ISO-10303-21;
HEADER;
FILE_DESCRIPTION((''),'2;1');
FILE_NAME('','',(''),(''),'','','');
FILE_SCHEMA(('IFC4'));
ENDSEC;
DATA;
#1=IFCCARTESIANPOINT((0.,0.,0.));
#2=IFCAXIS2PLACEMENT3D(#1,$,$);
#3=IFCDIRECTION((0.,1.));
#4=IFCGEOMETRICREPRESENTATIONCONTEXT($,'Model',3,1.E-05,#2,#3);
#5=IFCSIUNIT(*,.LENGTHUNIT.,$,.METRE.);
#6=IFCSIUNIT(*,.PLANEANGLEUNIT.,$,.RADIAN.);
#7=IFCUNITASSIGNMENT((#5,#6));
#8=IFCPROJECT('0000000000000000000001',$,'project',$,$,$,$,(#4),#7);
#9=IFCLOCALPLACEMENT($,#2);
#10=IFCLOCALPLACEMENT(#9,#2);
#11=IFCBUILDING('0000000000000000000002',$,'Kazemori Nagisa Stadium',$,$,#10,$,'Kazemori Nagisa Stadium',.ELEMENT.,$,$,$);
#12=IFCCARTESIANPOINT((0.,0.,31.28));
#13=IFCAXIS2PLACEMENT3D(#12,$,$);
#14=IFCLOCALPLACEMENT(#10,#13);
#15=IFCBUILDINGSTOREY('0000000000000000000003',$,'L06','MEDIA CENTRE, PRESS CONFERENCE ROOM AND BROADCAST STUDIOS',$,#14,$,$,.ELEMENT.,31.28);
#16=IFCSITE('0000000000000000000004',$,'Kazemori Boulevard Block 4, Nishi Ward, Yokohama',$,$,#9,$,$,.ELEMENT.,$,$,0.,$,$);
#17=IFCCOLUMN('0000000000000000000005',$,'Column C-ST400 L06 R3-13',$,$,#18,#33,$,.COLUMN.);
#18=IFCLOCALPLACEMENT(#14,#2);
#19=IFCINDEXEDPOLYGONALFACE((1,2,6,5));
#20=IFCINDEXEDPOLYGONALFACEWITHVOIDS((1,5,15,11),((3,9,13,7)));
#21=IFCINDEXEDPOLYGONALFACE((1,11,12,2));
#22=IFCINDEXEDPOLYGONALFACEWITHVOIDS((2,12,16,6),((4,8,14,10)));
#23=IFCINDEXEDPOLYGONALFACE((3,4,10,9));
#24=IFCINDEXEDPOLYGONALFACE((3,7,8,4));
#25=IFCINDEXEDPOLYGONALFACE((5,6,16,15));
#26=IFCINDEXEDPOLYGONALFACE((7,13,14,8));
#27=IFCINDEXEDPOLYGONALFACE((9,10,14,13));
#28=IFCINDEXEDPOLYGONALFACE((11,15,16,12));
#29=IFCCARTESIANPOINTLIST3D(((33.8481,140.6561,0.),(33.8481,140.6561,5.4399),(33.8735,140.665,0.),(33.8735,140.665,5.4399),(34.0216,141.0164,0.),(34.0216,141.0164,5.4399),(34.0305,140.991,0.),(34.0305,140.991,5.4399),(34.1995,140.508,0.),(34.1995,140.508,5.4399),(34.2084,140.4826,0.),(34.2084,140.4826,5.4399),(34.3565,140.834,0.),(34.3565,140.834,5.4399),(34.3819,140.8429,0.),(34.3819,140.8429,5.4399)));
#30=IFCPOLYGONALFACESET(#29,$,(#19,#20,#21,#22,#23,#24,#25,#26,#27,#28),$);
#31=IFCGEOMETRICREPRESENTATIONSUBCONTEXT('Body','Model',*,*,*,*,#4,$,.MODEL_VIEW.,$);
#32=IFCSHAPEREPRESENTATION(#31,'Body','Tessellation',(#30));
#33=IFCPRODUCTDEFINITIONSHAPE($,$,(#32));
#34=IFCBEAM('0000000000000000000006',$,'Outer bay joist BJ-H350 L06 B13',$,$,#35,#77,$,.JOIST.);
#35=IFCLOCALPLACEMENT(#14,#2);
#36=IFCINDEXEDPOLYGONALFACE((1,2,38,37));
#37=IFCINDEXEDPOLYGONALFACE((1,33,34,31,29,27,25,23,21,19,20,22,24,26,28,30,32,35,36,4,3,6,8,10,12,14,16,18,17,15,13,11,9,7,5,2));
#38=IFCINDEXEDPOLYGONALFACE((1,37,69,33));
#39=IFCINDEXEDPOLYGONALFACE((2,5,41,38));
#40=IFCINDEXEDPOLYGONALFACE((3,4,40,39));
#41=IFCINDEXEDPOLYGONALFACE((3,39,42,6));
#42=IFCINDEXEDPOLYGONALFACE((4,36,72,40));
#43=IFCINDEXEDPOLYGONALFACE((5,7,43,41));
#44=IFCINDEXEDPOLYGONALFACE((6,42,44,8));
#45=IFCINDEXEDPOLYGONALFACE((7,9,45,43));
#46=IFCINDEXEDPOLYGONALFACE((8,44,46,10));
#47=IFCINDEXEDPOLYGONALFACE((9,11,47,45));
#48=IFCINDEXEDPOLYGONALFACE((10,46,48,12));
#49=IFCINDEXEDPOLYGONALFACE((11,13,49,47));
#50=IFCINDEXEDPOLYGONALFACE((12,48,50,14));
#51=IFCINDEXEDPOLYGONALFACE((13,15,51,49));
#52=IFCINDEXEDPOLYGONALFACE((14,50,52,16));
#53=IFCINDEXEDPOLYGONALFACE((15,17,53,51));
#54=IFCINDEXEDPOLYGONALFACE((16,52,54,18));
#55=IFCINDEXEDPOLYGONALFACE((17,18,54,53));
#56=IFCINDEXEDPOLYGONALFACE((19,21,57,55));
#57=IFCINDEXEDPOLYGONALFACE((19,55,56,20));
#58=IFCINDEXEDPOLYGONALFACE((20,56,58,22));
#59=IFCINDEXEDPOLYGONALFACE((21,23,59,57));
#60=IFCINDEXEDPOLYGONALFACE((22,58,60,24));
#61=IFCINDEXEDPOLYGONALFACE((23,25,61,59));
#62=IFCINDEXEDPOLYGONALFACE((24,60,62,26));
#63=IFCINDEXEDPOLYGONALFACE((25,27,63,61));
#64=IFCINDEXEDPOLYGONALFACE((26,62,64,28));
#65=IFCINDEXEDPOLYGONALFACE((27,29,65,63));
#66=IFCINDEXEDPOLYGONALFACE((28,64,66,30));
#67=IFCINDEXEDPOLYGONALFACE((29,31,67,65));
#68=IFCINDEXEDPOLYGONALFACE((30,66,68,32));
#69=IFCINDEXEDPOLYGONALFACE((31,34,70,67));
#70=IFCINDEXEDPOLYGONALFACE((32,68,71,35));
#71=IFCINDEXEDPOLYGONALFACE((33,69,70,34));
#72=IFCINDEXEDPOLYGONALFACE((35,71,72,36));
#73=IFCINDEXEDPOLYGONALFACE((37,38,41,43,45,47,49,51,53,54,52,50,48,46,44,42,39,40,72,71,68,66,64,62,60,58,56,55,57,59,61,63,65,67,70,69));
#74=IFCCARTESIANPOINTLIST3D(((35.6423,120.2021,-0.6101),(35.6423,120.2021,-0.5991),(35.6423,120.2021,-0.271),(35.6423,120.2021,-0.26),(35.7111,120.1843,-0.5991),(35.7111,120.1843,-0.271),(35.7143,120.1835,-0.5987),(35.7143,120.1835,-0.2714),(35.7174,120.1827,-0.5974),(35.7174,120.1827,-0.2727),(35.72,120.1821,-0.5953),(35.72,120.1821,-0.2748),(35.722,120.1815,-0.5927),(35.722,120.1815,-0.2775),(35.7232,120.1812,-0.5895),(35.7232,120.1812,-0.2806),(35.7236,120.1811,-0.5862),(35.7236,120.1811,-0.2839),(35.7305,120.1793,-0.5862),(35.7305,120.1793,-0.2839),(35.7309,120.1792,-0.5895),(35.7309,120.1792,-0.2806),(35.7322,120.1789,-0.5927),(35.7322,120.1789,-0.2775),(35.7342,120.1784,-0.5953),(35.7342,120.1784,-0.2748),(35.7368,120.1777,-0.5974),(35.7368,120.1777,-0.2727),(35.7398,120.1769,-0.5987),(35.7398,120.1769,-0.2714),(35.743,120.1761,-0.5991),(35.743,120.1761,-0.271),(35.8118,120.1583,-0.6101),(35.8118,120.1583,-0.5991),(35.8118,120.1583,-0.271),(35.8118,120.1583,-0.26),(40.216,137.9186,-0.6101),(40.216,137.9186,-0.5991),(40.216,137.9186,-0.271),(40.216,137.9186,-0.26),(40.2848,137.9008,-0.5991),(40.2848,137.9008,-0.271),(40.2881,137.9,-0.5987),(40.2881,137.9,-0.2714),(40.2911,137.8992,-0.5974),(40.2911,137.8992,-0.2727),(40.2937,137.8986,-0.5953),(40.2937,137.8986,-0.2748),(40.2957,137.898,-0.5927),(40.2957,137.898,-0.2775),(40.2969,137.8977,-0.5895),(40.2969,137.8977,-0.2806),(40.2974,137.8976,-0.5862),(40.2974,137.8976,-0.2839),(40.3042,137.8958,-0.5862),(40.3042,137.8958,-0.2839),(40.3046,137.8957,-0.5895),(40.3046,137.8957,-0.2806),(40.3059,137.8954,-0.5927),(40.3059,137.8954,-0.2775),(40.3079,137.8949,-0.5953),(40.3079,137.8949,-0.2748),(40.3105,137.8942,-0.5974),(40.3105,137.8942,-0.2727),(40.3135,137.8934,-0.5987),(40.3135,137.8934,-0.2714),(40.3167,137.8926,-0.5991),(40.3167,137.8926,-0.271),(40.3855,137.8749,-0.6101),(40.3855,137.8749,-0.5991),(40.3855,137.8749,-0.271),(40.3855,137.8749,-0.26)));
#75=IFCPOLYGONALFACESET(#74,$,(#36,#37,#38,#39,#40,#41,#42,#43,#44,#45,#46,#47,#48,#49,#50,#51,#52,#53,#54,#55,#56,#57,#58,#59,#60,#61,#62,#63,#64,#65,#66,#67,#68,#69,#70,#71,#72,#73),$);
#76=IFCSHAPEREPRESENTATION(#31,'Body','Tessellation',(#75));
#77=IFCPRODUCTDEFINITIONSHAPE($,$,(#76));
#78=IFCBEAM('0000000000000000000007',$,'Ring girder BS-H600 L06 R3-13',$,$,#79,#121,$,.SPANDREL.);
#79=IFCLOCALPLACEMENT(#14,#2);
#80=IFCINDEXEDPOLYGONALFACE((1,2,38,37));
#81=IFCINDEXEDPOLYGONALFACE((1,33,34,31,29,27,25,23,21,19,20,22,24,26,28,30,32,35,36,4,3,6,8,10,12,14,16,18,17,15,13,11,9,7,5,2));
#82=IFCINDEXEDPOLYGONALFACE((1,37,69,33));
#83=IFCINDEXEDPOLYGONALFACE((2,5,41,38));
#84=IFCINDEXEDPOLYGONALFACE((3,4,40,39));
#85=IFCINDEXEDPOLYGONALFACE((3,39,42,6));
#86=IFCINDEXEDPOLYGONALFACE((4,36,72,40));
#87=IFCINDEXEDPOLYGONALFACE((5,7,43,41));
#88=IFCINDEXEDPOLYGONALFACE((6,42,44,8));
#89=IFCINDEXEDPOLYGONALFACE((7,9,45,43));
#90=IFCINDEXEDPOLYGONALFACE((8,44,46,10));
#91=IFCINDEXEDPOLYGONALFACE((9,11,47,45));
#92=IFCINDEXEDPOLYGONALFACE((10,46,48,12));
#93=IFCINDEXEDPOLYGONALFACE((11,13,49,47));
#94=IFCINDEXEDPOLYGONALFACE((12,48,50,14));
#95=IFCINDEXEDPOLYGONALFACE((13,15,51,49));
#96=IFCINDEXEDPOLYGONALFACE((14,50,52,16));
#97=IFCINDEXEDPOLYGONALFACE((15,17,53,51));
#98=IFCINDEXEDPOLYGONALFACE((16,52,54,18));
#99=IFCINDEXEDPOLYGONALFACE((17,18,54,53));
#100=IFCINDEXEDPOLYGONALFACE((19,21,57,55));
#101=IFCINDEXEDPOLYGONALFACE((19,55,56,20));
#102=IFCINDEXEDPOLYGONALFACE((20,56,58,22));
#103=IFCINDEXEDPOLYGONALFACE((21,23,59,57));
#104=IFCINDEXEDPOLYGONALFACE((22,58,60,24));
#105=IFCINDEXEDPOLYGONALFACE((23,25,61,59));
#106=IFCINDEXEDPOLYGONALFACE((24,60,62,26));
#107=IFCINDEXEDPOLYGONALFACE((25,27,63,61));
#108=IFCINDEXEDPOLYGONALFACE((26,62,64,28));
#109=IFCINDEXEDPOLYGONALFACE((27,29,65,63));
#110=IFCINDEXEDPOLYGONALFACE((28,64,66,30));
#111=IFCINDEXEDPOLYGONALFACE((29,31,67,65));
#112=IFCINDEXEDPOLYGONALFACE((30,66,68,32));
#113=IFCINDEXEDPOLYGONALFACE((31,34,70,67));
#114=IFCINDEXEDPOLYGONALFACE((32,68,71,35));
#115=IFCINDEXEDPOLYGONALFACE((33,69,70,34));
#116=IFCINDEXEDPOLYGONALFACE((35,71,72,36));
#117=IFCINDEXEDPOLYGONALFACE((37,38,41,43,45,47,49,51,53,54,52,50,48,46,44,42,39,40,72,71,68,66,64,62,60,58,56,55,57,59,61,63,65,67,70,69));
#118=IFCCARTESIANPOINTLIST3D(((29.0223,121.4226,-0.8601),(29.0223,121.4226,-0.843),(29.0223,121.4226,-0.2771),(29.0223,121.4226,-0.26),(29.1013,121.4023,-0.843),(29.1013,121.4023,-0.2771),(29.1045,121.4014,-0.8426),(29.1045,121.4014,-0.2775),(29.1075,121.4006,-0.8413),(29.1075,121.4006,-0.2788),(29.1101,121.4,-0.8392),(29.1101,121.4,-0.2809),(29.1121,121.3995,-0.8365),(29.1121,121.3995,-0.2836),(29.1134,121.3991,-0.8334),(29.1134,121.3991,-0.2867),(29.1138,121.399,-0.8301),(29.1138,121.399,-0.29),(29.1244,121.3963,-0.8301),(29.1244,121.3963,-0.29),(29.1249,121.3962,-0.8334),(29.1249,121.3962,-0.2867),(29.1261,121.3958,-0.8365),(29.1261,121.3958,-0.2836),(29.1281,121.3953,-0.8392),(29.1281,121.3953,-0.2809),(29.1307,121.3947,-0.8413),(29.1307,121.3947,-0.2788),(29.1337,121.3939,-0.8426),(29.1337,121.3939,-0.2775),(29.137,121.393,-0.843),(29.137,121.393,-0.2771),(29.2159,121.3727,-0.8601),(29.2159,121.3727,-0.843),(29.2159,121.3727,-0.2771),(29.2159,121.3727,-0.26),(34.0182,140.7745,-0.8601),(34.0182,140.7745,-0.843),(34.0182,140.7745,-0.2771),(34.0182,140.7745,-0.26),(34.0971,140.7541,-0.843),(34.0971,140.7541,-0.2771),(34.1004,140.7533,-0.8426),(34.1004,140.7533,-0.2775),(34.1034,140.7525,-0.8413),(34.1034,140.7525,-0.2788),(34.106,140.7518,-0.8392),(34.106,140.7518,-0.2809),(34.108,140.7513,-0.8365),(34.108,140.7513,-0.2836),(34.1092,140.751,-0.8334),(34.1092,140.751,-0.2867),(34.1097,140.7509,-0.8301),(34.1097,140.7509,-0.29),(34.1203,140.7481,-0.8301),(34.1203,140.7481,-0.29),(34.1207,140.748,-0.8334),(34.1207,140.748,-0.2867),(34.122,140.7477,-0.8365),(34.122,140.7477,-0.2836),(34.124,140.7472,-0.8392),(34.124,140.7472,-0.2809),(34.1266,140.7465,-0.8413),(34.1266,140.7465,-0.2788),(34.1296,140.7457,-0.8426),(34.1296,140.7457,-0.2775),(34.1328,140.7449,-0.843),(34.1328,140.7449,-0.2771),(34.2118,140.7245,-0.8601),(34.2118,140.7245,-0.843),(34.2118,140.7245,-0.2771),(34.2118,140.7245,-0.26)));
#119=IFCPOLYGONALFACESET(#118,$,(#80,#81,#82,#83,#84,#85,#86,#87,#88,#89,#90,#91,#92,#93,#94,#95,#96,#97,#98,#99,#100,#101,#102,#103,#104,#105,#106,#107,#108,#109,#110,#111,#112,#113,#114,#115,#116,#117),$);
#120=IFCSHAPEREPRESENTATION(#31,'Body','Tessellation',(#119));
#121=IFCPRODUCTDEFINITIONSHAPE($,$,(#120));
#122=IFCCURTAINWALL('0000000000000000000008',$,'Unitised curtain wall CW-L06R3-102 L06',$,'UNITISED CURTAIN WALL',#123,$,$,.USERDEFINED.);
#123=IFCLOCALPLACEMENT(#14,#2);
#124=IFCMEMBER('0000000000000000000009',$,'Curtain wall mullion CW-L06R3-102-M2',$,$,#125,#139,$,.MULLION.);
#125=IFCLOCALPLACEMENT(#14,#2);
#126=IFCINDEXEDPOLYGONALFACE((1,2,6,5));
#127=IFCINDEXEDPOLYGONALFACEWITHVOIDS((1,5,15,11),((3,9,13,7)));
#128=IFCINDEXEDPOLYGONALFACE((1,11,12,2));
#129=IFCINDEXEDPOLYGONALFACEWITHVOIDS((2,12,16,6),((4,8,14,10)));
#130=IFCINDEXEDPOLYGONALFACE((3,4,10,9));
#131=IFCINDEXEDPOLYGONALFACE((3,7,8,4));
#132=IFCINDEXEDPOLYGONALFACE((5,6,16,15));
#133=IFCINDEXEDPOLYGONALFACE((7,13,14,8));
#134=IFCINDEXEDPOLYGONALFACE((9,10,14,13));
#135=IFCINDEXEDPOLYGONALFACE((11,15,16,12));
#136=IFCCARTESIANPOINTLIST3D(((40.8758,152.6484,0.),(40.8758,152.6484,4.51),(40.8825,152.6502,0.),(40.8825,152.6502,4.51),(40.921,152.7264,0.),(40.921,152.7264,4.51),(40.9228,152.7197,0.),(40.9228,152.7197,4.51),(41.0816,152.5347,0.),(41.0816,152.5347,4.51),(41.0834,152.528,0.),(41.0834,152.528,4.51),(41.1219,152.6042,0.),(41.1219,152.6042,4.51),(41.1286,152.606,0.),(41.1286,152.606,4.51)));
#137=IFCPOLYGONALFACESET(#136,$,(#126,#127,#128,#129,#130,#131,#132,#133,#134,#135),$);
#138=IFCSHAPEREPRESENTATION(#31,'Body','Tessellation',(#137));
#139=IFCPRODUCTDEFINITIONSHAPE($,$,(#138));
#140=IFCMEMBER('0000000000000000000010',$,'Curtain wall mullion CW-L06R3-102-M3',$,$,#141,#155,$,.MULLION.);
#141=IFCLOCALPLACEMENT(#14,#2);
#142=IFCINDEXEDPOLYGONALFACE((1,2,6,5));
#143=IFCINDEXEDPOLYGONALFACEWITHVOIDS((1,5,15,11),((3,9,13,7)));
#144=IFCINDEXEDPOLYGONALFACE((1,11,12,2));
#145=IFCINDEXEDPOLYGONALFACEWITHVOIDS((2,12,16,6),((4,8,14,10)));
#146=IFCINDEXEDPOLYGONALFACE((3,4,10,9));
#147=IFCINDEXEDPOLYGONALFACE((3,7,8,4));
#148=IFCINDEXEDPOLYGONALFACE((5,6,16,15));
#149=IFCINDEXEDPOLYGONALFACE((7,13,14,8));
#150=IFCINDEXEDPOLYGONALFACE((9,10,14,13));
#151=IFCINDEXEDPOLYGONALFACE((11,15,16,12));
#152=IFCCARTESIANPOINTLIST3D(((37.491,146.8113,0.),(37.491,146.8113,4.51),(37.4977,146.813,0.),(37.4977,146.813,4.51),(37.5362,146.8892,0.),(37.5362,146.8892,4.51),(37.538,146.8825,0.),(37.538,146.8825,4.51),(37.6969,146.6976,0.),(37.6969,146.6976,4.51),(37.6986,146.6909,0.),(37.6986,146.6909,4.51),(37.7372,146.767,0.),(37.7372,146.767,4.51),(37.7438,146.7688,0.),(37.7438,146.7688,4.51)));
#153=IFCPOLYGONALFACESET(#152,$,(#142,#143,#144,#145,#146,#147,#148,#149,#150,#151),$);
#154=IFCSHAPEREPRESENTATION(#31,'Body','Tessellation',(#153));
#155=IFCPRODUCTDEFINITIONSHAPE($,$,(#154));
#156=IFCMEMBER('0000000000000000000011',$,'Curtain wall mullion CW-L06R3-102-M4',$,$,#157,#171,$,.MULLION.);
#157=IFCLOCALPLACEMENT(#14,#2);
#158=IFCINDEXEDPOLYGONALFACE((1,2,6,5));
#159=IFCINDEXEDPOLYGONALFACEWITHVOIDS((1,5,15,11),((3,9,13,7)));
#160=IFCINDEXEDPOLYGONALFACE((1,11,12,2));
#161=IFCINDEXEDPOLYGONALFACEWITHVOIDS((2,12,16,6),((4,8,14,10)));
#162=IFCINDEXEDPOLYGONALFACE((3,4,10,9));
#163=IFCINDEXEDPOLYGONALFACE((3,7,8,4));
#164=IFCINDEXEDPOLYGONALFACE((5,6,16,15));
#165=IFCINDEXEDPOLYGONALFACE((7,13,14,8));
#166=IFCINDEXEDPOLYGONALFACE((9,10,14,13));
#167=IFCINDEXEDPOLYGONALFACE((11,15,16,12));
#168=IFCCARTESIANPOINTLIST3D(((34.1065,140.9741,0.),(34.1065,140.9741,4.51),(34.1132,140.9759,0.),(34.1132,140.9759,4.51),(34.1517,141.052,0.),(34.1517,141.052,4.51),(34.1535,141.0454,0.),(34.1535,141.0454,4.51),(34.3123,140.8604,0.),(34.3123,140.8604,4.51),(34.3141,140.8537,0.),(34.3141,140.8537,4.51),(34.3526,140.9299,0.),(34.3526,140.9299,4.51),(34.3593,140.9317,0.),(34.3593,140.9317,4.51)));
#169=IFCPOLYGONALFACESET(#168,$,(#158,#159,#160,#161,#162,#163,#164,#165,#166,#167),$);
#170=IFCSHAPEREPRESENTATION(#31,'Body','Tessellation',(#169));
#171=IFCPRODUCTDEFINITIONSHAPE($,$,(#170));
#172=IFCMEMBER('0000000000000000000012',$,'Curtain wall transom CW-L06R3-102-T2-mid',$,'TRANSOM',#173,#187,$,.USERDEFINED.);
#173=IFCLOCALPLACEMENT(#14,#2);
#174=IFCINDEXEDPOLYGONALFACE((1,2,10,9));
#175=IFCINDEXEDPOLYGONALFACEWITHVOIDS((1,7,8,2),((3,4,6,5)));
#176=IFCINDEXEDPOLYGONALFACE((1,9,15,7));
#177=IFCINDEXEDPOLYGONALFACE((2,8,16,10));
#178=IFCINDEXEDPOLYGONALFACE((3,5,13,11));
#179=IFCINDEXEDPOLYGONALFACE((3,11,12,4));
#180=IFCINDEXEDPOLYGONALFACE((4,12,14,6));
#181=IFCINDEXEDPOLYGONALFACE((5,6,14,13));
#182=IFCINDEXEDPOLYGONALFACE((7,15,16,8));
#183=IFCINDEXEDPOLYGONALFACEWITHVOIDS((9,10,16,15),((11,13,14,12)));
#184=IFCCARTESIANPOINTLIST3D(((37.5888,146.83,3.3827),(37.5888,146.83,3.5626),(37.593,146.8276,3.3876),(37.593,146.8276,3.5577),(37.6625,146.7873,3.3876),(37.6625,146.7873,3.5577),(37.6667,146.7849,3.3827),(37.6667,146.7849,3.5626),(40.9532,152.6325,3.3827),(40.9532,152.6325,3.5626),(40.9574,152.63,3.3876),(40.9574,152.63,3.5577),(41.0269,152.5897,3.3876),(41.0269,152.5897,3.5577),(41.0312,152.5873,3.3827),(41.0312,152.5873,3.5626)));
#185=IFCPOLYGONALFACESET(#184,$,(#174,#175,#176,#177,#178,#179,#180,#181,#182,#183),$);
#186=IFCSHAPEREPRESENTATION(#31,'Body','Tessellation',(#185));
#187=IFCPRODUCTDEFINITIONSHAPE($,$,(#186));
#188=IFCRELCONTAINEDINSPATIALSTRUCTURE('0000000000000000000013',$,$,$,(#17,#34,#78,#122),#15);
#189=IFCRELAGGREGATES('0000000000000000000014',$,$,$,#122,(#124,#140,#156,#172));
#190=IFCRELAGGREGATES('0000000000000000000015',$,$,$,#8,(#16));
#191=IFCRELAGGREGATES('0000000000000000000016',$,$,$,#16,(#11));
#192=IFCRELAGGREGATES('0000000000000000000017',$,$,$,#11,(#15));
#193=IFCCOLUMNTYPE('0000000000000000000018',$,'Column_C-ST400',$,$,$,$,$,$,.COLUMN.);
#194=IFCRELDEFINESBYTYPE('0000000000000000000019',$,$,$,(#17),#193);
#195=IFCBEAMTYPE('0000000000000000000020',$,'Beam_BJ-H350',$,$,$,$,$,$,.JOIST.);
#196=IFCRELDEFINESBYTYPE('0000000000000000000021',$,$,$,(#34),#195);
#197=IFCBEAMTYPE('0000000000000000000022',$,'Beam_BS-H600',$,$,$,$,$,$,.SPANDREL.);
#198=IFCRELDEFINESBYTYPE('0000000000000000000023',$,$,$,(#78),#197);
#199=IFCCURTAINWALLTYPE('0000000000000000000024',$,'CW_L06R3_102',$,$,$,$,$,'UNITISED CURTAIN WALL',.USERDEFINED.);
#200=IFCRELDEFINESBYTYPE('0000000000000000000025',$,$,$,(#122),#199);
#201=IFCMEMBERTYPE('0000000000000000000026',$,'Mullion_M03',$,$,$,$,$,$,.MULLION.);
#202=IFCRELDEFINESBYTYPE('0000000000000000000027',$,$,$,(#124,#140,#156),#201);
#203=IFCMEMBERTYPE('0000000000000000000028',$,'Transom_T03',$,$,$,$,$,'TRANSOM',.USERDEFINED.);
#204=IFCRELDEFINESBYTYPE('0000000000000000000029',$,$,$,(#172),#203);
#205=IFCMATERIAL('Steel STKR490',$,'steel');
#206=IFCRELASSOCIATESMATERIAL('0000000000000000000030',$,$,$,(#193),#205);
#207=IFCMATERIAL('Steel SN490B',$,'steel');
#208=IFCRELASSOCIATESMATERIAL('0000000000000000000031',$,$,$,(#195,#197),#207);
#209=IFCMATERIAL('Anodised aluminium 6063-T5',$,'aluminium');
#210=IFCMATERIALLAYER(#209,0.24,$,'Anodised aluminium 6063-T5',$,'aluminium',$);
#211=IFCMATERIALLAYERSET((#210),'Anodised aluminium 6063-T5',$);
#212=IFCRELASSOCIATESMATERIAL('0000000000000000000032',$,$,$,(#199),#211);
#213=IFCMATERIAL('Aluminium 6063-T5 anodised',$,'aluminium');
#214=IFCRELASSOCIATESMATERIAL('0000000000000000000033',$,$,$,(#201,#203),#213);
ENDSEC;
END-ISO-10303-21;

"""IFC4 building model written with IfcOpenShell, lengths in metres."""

from ifc_helpers import new_model, si_unit, direction, frame, origin, origin_2d, place, context, subcontext, project, spatial, hollow_rectangle, i_section, extrude, material, layer, layer_set, material_profile, profile_set, type_object, element, aggregate, save


model = new_model("IFC4")

# Units and contexts
model_context = context("Model", 3, precision=1e-05, world=origin(), true_north=direction((0.0, 1.0)))
body_context = subcontext(model_context, "Body", "Model", "MODEL_VIEW")
ifc_project = project(units=[si_unit("LENGTHUNIT", "METRE"), si_unit("PLANEANGLEUNIT", "RADIAN")], contexts=[model_context])

# Site, building, storey
site_placement = place(None, origin())
site = spatial("IfcSite", under=ifc_project, at=site_placement, Name="Kazemori Boulevard Block 4, Nishi Ward, Yokohama", CompositionType="ELEMENT", RefElevation=0.0)
building_placement = place(site_placement, origin())
building = spatial("IfcBuilding", under=site, at=building_placement, Name="Kazemori Nagisa Stadium", LongName="Kazemori Nagisa Stadium", CompositionType="ELEMENT")
storey_placement = place(building_placement, frame((0.0, 0.0, 31.28)))
storey = spatial("IfcBuildingStorey", under=building, at=storey_placement, Name="L06", Description="MEDIA CENTRE, PRESS CONFERENCE ROOM AND BROADCAST STUDIOS", CompositionType="ELEMENT", Elevation=31.28)

# Column
ifc_material_1 = material(Name="Steel STKR490", Category="steel")
ifc_material_profile_1 = material_profile(ifc_material_1, hollow_rectangle(XDim=0.3999, YDim=0.3999, WallThickness=0.019, at=origin_2d()), Name="SHS-400x400x19")
ifc_profile_set_1 = profile_set([ifc_material_profile_1], Name="Steel STKR490")
column_type = type_object("IfcColumnType", Name="Column_C-ST400", PredefinedType="COLUMN", material=ifc_profile_set_1)
column_placement = place(storey_placement, frame((34.115, 140.7495, 0.0), z_axis=(0.0, 0.0, 1.0), x_axis=(-0.900969, 0.433884, 0.0)))
element("IfcColumn", 1, at=column_placement, inside=storey, type_object=column_type, Name="Column C-ST400 L06 R3-13", PredefinedType="COLUMN", context=body_context, shape_type="SweptSolid", body=[
    extrude(hollow_rectangle(XDim=0.3999, YDim=0.3999, WallThickness=0.019, at=origin_2d()), origin(), (0.0, 0.0, 1.0), 5.4399),
])

# Beams
ifc_material_2 = material(Name="Steel SN490B", Category="steel")
ifc_material_profile_2 = material_profile(ifc_material_2, i_section(OverallWidth=0.175, OverallDepth=0.3501, WebThickness=0.0071, FlangeThickness=0.011, FilletRadius=0.0129, at=origin_2d()), Name="H-350x175x7x11")
ifc_profile_set_2 = profile_set([ifc_material_profile_2], Name="Steel SN490B")
beam_type_1 = type_object("IfcBeamType", Name="Beam_BJ-H350", PredefinedType="JOIST", material=ifc_profile_set_2)
beam_1_placement = place(storey_placement, frame((40.3008, 137.8967, -0.4351), z_axis=(-0.249966, -0.968255, 0.0), x_axis=(0.968255, -0.249966, 0.0)))
element("IfcBeam", 2, at=beam_1_placement, inside=storey, type_object=beam_type_1, Name="Outer bay joist BJ-H350 L06 B13", PredefinedType="JOIST", context=body_context, shape_type="SweptSolid", body=[
    extrude(i_section(OverallWidth=0.175, OverallDepth=0.3501, WebThickness=0.0071, FlangeThickness=0.011, FilletRadius=0.0129, at=origin_2d()), origin(), (0.0, 0.0, 1.0), 18.2974),
])
ifc_material_profile_3 = material_profile(ifc_material_2, i_section(OverallWidth=0.2, OverallDepth=0.6001, WebThickness=0.011, FlangeThickness=0.0171, FilletRadius=0.0129, at=origin_2d()), Name="H-600x200x11x17")
ifc_profile_set_3 = profile_set([ifc_material_profile_3], Name="Steel SN490B")
beam_type_2 = type_object("IfcBeamType", Name="Beam_BS-H600", PredefinedType="SPANDREL", material=ifc_profile_set_3)
beam_2_placement = place(storey_placement, frame((34.115, 140.7495, -0.5601), z_axis=(-0.249964, -0.968255, 0.0), x_axis=(0.968255, -0.249964, 0.0)))
element("IfcBeam", 3, at=beam_2_placement, inside=storey, type_object=beam_type_2, Name="Ring girder BS-H600 L06 R3-13", PredefinedType="SPANDREL", context=body_context, shape_type="SweptSolid", body=[
    extrude(i_section(OverallWidth=0.2, OverallDepth=0.6001, WebThickness=0.011, FlangeThickness=0.0171, FilletRadius=0.0129, at=origin_2d()), origin(), (0.0, 0.0, 1.0), 19.9863),
])

# Curtain wall, members
ifc_material_3 = material(Name="Anodised aluminium 6063-T5", Category="aluminium")
ifc_layer_1 = layer(ifc_material_3, 0.24, Name="Anodised aluminium 6063-T5", Category="aluminium")
ifc_layer_set_1 = layer_set([ifc_layer_1], Name="Anodised aluminium 6063-T5")
curtain_wall_type = type_object("IfcCurtainWallType", Name="CW_L06R3_102", ElementType="UNITISED CURTAIN WALL", PredefinedType="USERDEFINED", material=ifc_layer_set_1)
curtain_wall_placement = place(storey_placement, origin())
curtain_wall = element("IfcCurtainWall", 4, at=curtain_wall_placement, inside=storey, type_object=curtain_wall_type, Name="Unitised curtain wall CW-L06R3-102 L06", ObjectType="UNITISED CURTAIN WALL", PredefinedType="USERDEFINED")
ifc_material_4 = material(Name="Aluminium 6063-T5 anodised", Category="aluminium")
ifc_material_profile_4 = material_profile(ifc_material_4, hollow_rectangle(XDim=0.0901, YDim=0.24, WallThickness=0.0049, at=origin_2d()), Name="ALU-MULL-90x240x5")
ifc_profile_set_4 = profile_set([ifc_material_profile_4], Name="Aluminium 6063-T5 anodised")
member_type_1 = type_object("IfcMemberType", Name="Mullion_M03", PredefinedType="MULLION", material=ifc_profile_set_4)
member_1_placement = place(storey_placement, frame((41.0022, 152.6272, 0.0), z_axis=(0.0, 0.0, 1.0), x_axis=(-0.501612, -0.865093, 0.0)))
member_1 = element("IfcMember", 5, at=member_1_placement, type_object=member_type_1, Name="Curtain wall mullion CW-L06R3-102-M2", PredefinedType="MULLION", context=body_context, shape_type="SweptSolid", body=[
    extrude(hollow_rectangle(XDim=0.0901, YDim=0.24, WallThickness=0.0049, at=origin_2d()), origin(), (0.0, 0.0, 1.0), 4.51),
])
member_2_placement = place(storey_placement, frame((37.6174, 146.79, 0.0), z_axis=(0.0, 0.0, 1.0), x_axis=(-0.501612, -0.865093, 0.0)))
member_2 = element("IfcMember", 6, at=member_2_placement, type_object=member_type_1, Name="Curtain wall mullion CW-L06R3-102-M3", PredefinedType="MULLION", context=body_context, shape_type="SweptSolid", body=[
    extrude(hollow_rectangle(XDim=0.0901, YDim=0.24, WallThickness=0.0049, at=origin_2d()), origin(), (0.0, 0.0, 1.0), 4.51),
])
member_3_placement = place(storey_placement, frame((34.2329, 140.9529, 0.0), z_axis=(0.0, 0.0, 1.0), x_axis=(-0.501612, -0.865093, 0.0)))
member_3 = element("IfcMember", 7, at=member_3_placement, type_object=member_type_1, Name="Curtain wall mullion CW-L06R3-102-M4", PredefinedType="MULLION", context=body_context, shape_type="SweptSolid", body=[
    extrude(hollow_rectangle(XDim=0.0901, YDim=0.24, WallThickness=0.0049, at=origin_2d()), origin(), (0.0, 0.0, 1.0), 4.51),
])
ifc_material_profile_5 = material_profile(ifc_material_4, hollow_rectangle(XDim=0.0901, YDim=0.1799, WallThickness=0.0049, at=origin_2d()), Name="ALU-TRAN-90x180x5")
ifc_profile_set_5 = profile_set([ifc_material_profile_5], Name="Aluminium 6063-T5 anodised")
member_type_2 = type_object("IfcMemberType", Name="Transom_T03", ElementType="TRANSOM", PredefinedType="USERDEFINED", material=ifc_profile_set_5)
member_4_placement = place(storey_placement, frame((40.9922, 152.6099, 3.4727), z_axis=(-0.501613, -0.865092, 0.0), x_axis=(0.865092, -0.501613, 0.0)))
member_4 = element("IfcMember", 8, at=member_4_placement, type_object=member_type_2, Name="Curtain wall transom CW-L06R3-102-T2-mid", ObjectType="TRANSOM", PredefinedType="USERDEFINED", context=body_context, shape_type="SweptSolid", body=[
    extrude(hollow_rectangle(XDim=0.0901, YDim=0.1799, WallThickness=0.0049, at=origin_2d()), origin(), (0.0, 0.0, 1.0), 6.7073),
])
aggregate(curtain_wall, [member_1, member_2, member_3, member_4])

save(model, "model.ifc")
